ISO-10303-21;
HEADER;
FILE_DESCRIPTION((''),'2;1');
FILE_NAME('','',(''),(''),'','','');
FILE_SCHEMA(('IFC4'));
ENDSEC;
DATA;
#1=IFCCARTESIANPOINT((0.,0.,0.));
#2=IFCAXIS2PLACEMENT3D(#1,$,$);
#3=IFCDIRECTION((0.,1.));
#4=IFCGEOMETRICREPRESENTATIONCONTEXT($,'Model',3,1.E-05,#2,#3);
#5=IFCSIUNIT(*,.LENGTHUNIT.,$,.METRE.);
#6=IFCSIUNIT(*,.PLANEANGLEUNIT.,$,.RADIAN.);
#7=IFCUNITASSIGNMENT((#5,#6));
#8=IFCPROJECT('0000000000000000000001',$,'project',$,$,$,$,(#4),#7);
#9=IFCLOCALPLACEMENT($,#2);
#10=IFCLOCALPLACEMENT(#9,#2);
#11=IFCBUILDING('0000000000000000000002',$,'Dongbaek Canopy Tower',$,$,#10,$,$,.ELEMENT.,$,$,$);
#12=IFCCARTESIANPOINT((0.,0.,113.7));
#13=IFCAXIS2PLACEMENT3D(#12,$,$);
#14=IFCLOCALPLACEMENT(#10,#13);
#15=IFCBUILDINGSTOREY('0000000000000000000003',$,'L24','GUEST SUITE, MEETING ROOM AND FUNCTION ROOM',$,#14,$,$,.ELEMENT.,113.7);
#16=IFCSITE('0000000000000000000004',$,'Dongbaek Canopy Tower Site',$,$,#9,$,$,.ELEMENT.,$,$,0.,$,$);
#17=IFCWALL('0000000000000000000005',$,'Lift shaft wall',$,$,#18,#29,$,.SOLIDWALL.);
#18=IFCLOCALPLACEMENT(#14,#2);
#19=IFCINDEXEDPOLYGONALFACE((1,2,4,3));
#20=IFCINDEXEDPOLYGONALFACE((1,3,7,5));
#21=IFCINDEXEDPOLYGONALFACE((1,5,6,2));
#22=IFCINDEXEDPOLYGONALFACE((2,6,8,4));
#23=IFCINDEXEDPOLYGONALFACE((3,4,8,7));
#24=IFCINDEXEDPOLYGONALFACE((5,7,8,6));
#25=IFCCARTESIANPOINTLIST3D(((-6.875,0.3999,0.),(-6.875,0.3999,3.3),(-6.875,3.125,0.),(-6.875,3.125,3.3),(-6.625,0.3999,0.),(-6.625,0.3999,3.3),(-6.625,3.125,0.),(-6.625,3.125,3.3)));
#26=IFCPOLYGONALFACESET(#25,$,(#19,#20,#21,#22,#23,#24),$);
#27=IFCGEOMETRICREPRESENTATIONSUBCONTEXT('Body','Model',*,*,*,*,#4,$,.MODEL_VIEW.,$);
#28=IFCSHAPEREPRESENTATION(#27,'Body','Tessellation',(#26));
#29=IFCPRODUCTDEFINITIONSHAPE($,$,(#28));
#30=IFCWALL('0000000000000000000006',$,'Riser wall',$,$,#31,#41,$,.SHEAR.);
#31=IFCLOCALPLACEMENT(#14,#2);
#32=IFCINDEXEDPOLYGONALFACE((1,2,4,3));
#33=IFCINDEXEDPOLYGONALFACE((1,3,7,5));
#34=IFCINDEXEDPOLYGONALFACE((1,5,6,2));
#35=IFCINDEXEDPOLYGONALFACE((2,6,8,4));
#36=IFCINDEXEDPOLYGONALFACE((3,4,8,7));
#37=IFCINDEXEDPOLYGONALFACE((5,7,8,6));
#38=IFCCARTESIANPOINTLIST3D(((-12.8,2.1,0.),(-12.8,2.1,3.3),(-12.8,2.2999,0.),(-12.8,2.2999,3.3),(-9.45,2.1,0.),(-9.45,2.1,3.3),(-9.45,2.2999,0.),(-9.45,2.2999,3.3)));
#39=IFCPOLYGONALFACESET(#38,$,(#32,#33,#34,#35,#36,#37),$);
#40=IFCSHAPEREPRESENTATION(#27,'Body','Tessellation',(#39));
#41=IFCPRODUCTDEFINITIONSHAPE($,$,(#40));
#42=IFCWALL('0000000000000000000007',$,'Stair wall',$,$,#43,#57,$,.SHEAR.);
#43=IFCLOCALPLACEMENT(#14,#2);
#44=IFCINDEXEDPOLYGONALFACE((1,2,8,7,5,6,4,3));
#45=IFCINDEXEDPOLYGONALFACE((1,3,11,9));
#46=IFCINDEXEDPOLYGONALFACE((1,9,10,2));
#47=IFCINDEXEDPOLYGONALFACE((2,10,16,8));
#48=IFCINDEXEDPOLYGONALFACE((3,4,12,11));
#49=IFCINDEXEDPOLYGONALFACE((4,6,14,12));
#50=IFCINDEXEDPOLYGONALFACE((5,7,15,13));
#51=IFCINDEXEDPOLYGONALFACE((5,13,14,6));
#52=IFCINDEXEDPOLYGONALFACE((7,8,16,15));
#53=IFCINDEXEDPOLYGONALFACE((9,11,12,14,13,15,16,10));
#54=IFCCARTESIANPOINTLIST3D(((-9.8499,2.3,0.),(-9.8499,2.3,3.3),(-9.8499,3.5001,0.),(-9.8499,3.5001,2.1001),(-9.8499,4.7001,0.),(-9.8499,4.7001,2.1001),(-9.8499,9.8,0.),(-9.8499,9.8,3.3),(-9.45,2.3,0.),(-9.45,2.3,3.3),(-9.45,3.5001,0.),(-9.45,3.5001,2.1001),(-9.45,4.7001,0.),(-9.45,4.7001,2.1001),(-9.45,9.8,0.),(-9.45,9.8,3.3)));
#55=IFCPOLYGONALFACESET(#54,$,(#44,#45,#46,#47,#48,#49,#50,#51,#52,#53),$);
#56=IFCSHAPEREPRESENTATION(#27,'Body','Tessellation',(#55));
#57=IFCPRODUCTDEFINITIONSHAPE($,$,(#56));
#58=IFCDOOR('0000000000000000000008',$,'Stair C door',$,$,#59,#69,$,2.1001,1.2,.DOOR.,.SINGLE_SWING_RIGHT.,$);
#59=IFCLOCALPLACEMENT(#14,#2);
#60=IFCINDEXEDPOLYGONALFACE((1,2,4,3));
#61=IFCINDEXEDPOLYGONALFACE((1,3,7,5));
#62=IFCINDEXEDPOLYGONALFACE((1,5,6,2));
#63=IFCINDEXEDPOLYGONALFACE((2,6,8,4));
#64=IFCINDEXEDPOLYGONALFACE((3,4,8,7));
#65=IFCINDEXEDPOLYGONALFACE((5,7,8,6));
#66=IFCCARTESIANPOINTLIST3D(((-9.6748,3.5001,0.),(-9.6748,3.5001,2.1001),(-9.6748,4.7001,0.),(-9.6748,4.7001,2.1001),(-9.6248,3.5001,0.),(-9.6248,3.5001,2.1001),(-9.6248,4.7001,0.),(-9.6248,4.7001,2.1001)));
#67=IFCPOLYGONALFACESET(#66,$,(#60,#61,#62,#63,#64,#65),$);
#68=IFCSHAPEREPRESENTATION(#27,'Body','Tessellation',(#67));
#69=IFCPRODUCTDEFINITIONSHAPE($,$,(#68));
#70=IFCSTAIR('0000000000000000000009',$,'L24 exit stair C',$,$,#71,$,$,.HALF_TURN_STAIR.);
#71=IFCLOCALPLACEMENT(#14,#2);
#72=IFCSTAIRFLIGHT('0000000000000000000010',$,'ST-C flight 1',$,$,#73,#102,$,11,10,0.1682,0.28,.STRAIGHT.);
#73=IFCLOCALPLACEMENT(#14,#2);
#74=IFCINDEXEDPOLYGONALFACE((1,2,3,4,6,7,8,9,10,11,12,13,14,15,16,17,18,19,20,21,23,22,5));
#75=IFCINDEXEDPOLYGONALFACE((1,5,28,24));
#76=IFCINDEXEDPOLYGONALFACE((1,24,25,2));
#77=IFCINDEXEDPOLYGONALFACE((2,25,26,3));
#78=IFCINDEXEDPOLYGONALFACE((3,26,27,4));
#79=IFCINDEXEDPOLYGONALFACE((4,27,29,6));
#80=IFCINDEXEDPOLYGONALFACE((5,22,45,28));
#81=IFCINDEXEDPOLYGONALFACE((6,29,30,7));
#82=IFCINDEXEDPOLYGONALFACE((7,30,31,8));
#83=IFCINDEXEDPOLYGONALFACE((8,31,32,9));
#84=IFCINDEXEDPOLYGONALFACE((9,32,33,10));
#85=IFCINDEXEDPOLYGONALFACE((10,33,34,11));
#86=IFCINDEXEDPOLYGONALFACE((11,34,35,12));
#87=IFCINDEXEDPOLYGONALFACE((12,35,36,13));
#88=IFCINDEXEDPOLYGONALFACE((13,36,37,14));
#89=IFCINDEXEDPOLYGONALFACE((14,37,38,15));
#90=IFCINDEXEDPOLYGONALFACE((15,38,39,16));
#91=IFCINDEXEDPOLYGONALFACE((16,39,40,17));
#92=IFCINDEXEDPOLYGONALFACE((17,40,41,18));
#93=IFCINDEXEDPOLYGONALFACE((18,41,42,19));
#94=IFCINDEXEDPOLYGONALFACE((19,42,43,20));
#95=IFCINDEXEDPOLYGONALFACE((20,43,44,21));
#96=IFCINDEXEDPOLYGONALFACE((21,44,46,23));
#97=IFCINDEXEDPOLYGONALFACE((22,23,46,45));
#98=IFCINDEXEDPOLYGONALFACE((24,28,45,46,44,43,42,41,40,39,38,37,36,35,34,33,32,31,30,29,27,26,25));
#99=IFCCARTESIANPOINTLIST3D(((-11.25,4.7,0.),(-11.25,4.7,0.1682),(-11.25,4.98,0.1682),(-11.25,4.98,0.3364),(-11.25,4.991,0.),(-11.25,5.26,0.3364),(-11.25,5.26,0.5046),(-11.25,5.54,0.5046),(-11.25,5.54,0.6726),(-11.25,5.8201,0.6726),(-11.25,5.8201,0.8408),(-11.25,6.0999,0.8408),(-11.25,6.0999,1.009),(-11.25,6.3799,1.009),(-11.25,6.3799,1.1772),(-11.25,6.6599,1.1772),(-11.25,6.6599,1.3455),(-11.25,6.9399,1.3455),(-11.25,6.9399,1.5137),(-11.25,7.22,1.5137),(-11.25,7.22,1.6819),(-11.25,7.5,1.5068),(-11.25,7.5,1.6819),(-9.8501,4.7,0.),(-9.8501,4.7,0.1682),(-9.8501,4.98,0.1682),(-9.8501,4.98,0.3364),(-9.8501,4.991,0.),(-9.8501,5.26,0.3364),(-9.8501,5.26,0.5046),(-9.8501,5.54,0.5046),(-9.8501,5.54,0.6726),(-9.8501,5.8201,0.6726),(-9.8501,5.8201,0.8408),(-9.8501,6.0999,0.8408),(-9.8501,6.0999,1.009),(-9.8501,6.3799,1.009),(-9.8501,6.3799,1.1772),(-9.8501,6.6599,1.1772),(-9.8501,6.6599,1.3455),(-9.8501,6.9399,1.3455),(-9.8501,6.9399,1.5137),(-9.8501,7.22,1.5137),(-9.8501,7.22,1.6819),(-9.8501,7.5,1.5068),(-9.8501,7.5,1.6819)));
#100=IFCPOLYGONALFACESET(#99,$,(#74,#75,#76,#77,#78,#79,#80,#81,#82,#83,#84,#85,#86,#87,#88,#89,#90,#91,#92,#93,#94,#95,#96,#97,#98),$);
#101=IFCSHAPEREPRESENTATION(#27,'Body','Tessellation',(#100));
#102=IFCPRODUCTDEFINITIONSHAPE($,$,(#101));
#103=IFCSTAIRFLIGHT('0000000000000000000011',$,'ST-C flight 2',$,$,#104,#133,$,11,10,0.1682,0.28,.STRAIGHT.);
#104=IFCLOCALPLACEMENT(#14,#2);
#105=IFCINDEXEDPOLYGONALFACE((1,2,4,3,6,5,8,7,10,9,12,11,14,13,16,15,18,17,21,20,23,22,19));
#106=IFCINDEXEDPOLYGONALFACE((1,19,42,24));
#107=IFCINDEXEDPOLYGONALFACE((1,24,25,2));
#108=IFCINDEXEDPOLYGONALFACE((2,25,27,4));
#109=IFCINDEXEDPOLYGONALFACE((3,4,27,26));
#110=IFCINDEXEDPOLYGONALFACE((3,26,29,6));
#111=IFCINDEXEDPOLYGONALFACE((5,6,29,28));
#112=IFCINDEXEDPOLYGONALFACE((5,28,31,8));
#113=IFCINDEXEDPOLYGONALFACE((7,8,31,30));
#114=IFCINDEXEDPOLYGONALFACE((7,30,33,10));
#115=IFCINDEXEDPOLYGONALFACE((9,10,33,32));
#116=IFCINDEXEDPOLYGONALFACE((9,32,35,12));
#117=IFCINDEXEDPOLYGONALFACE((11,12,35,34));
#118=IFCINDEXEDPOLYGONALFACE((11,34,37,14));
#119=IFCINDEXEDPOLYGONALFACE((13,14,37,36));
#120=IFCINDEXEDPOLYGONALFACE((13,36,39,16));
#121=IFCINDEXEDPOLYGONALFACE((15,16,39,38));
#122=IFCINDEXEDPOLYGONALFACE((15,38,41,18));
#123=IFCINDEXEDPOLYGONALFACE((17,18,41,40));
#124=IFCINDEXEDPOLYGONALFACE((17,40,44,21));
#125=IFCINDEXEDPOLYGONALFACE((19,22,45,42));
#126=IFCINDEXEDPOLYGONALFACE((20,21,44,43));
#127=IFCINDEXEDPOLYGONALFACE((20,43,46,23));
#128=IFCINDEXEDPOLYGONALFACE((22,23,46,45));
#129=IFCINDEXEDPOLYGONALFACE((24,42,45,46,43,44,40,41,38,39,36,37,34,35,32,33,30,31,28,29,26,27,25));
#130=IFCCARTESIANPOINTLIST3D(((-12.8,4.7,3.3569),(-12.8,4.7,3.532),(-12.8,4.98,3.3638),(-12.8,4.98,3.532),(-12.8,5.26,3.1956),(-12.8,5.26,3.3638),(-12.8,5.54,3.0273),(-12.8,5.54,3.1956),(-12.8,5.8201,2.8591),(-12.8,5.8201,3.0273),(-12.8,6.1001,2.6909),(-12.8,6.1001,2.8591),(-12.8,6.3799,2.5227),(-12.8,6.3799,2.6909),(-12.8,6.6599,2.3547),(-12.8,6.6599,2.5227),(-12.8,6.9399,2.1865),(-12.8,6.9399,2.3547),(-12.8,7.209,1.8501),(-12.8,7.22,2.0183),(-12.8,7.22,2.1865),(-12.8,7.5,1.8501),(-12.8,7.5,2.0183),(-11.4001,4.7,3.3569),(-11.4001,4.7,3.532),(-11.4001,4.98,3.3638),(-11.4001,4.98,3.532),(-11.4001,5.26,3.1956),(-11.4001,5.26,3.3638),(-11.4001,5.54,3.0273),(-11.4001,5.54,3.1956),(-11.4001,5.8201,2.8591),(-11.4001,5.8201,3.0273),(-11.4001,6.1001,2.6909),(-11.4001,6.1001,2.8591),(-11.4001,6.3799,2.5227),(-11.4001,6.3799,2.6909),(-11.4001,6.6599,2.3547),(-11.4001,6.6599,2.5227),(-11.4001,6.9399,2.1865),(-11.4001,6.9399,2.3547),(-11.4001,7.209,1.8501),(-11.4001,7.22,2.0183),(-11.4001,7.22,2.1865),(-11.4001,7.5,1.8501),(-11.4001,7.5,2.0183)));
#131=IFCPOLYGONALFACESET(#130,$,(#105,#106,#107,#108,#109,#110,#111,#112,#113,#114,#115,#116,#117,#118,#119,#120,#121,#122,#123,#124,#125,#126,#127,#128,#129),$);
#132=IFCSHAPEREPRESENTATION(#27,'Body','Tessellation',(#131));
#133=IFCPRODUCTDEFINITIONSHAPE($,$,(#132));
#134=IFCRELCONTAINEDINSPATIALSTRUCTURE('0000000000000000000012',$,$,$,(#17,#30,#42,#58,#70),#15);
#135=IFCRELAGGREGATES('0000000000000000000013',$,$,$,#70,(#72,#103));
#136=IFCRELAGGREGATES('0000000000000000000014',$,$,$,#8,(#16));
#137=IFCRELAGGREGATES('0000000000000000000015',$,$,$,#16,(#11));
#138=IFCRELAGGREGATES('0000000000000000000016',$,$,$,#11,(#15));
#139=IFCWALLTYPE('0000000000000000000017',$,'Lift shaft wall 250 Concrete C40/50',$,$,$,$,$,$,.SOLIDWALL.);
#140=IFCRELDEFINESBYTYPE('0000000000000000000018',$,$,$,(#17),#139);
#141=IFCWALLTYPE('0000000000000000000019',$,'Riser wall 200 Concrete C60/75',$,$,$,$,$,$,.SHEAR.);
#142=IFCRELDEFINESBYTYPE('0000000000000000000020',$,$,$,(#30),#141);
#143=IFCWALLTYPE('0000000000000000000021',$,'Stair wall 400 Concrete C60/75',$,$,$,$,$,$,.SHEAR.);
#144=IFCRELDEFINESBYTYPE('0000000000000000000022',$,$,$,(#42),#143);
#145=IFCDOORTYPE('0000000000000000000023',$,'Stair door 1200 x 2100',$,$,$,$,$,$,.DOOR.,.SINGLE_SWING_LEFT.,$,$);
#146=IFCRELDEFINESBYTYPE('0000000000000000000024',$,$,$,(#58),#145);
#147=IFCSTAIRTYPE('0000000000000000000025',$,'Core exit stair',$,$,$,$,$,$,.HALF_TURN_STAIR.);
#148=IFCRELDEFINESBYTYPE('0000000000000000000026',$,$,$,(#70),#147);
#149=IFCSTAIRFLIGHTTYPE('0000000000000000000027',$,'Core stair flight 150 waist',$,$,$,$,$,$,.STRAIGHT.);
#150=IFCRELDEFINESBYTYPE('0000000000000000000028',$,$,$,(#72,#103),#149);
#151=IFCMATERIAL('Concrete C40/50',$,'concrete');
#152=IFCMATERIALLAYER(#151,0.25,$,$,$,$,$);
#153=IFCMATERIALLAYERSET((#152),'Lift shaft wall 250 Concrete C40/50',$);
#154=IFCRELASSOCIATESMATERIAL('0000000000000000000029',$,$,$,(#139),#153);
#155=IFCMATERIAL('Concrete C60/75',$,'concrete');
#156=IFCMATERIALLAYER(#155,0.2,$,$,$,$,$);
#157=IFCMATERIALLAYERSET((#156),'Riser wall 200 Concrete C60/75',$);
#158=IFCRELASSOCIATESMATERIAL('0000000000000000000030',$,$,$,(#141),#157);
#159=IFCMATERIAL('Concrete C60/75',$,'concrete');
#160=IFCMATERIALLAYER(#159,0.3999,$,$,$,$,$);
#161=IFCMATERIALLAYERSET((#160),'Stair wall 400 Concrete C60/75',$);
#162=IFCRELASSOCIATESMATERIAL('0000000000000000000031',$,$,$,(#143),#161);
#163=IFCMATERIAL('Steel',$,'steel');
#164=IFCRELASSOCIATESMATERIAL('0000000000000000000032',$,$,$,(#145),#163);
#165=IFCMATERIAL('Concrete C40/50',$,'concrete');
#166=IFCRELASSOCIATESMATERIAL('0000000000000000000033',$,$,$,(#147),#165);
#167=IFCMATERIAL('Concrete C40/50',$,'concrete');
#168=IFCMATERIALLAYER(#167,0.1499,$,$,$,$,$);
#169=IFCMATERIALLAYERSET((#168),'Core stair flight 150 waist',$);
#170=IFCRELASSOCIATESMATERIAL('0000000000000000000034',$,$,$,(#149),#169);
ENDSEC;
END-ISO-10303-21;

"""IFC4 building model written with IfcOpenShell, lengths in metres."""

from ifc_helpers import new_model, si_unit, direction, frame, frame_2d, origin, place, context, subcontext, project, spatial, polyline, rectangle, outline, extrude, material, layer, layer_set, type_object, element, fill, aggregate, save


model = new_model("IFC4")

# Units and contexts
model_context = context("Model", 3, precision=1e-05, world=origin(), true_north=direction((0.0, 1.0)))
body_context = subcontext(model_context, "Body", "Model", "MODEL_VIEW")
ifc_project = project(units=[si_unit("LENGTHUNIT", "METRE"), si_unit("PLANEANGLEUNIT", "RADIAN")], contexts=[model_context])

# Site, building, storey
site_placement = place(None, origin())
site = spatial("IfcSite", under=ifc_project, at=site_placement, Name="Dongbaek Canopy Tower Site", CompositionType="ELEMENT", RefElevation=0.0)
building_placement = place(site_placement, origin())
building = spatial("IfcBuilding", under=site, at=building_placement, Name="Dongbaek Canopy Tower", CompositionType="ELEMENT")
storey_placement = place(building_placement, frame((0.0, 0.0, 113.7)))
storey = spatial("IfcBuildingStorey", under=building, at=storey_placement, Name="L24", Description="GUEST SUITE, MEETING ROOM AND FUNCTION ROOM", CompositionType="ELEMENT", Elevation=113.7)

# Walls
ifc_material_1 = material(Name="Concrete C40/50", Category="concrete")
ifc_layer_1 = layer(ifc_material_1, 0.25)
ifc_layer_set_1 = layer_set([ifc_layer_1], Name="Lift shaft wall 250 Concrete C40/50")
wall_type_1 = type_object("IfcWallType", Name="Lift shaft wall 250 Concrete C40/50", PredefinedType="SOLIDWALL", material=ifc_layer_set_1)
wall_1_placement = place(storey_placement, frame((-6.75, 0.3999, 0.0), z_axis=(0.0, 0.0, 1.0), x_axis=(0.0, 1.0, 0.0)))
element("IfcWall", 1, at=wall_1_placement, inside=storey, type_object=wall_type_1, Name="Lift shaft wall", PredefinedType="SOLIDWALL", context=body_context, shape_type="SweptSolid", body=[
    extrude(rectangle(XDim=2.7251, YDim=0.25, at=frame_2d((1.3625, 0.0))), origin(), (0.0, 0.0, 1.0), 3.3),
])
ifc_material_2 = material(Name="Concrete C60/75", Category="concrete")
ifc_layer_2 = layer(ifc_material_2, 0.2)
ifc_layer_set_2 = layer_set([ifc_layer_2], Name="Riser wall 200 Concrete C60/75")
wall_type_2 = type_object("IfcWallType", Name="Riser wall 200 Concrete C60/75", PredefinedType="SHEAR", material=ifc_layer_set_2)
wall_2_placement = place(storey_placement, frame((-9.45, 2.2, 0.0), z_axis=(0.0, 0.0, 1.0), x_axis=(-1.0, 0.0, 0.0)))
element("IfcWall", 2, at=wall_2_placement, inside=storey, type_object=wall_type_2, Name="Riser wall", PredefinedType="SHEAR", context=body_context, shape_type="SweptSolid", body=[
    extrude(rectangle(XDim=3.3501, YDim=0.2, at=frame_2d((1.675, 0.0))), origin(), (0.0, 0.0, 1.0), 3.3),
])

# Wall, opening, door
ifc_material_3 = material(Name="Concrete C60/75", Category="concrete")
ifc_layer_3 = layer(ifc_material_3, 0.3999)
ifc_layer_set_3 = layer_set([ifc_layer_3], Name="Stair wall 400 Concrete C60/75")
wall_type_3 = type_object("IfcWallType", Name="Stair wall 400 Concrete C60/75", PredefinedType="SHEAR", material=ifc_layer_set_3)
wall_3_placement = place(storey_placement, frame((-9.6499, 2.3, 0.0), z_axis=(0.0, 0.0, 1.0), x_axis=(0.0, 1.0, 0.0)))
wall_3 = element("IfcWall", 3, at=wall_3_placement, inside=storey, type_object=wall_type_3, Name="Stair wall", PredefinedType="SHEAR", context=body_context, shape_type="SweptSolid", body=[
    extrude(rectangle(XDim=7.5, YDim=0.3999, at=frame_2d((3.75, 0.0))), origin(), (0.0, 0.0, 1.0), 3.3),
])
opening_1_placement = place(wall_3_placement, frame((1.2, 0.0, 0.0)))
opening_1 = element("IfcOpeningElement", 4, at=opening_1_placement, cuts=wall_3, PredefinedType="OPENING", context=body_context, shape_type="SweptSolid", body=[
    extrude(rectangle(XDim=1.2, YDim=2.1001, at=frame_2d((0.6001, 1.05))), frame((0.0, 0.21, 0.0), z_axis=(0.0, -1.0, 0.0), x_axis=(1.0, 0.0, 0.0)), (0.0, 0.0, 1.0), 0.4199),
])
ifc_material_4 = material(Name="Steel", Category="steel")
door_type_1 = type_object("IfcDoorType", Name="Stair door 1200 x 2100", OperationType="SINGLE_SWING_LEFT", PredefinedType="DOOR", material=ifc_material_4)
door_1_placement = place(opening_1_placement, origin())
door_1 = element("IfcDoor", 5, at=door_1_placement, inside=storey, type_object=door_type_1, Name="Stair C door", OperationType="SINGLE_SWING_RIGHT", OverallHeight=2.1001, OverallWidth=1.2, PredefinedType="DOOR", context=body_context, shape_type="SweptSolid", body=[
    extrude(rectangle(XDim=1.2, YDim=2.1001, at=frame_2d((0.6001, 1.05))), frame((0.0, 0.0249, 0.0), z_axis=(0.0, -1.0, 0.0), x_axis=(1.0, 0.0, 0.0)), (0.0, 0.0, 1.0), 0.05),
])
fill(opening_1, door_1)

# Stair, stair flights
ifc_material_5 = material(Name="Concrete C40/50", Category="concrete")
stair_type = type_object("IfcStairType", Name="Core exit stair", PredefinedType="HALF_TURN_STAIR", material=ifc_material_5)
stair_placement = place(storey_placement, origin())
stair = element("IfcStair", 6, at=stair_placement, inside=storey, type_object=stair_type, Name="L24 exit stair C", PredefinedType="HALF_TURN_STAIR")
ifc_material_6 = material(Name="Concrete C40/50", Category="concrete")
ifc_layer_4 = layer(ifc_material_6, 0.1499)
ifc_layer_set_4 = layer_set([ifc_layer_4], Name="Core stair flight 150 waist")
stair_flight_type = type_object("IfcStairFlightType", Name="Core stair flight 150 waist", PredefinedType="STRAIGHT", material=ifc_layer_set_4)
stair_flight_1_placement = place(storey_placement, frame((-10.55, 4.7, 0.0), z_axis=(0.0, 0.0, 1.0), x_axis=(0.0, 1.0, 0.0)))
stair_flight_1 = element("IfcStairFlight", 7, at=stair_flight_1_placement, type_object=stair_flight_type, Name="ST-C flight 1", NumberOfRisers=11, NumberOfTreads=10, PredefinedType="STRAIGHT", RiserHeight=0.1682, TreadLength=0.28, context=body_context, shape_type="SweptSolid", body=[
    extrude(outline(polyline([(0.0, 0.0), (0.0, 0.1682), (0.28, 0.1682), (0.28, 0.3364), (0.5601, 0.3364), (0.5601, 0.5046), (0.8401, 0.5046), (0.8401, 0.6726), (1.1201, 0.6726), (1.1201, 0.8408), (1.3999, 0.8408), (1.3999, 1.009), (1.6799, 1.009), (1.6799, 1.1772), (1.96, 1.1772), (1.96, 1.3455), (2.24, 1.3455), (2.24, 1.5137), (2.52, 1.5137), (2.52, 1.6819), (2.8, 1.6819), (2.8, 1.8501), (2.8, 1.5068), (0.291, 0.0), (0.0, 0.0)])), frame((0.0, 0.7, 0.0), z_axis=(0.0, -1.0, 0.0), x_axis=(1.0, 0.0, 0.0)), (0.0, 0.0, 1.0), 1.3999),
])
stair_flight_2_placement = place(storey_placement, frame((-12.1001, 7.5, 1.8501), z_axis=(0.0, 0.0, 1.0), x_axis=(0.0, -1.0, 0.0)))
stair_flight_2 = element("IfcStairFlight", 8, at=stair_flight_2_placement, type_object=stair_flight_type, Name="ST-C flight 2", NumberOfRisers=11, NumberOfTreads=10, PredefinedType="STRAIGHT", RiserHeight=0.1682, TreadLength=0.28, context=body_context, shape_type="SweptSolid", body=[
    extrude(outline(polyline([(0.0, 0.0), (0.0, 0.1682), (0.28, 0.1682), (0.28, 0.3364), (0.5601, 0.3364), (0.5601, 0.5046), (0.8401, 0.5046), (0.8401, 0.6726), (1.1201, 0.6726), (1.1201, 0.8408), (1.3999, 0.8408), (1.3999, 1.009), (1.6799, 1.009), (1.6799, 1.1772), (1.96, 1.1772), (1.96, 1.3455), (2.24, 1.3455), (2.24, 1.5137), (2.52, 1.5137), (2.52, 1.6819), (2.8, 1.6819), (2.8, 1.8501), (2.8, 1.5068), (0.291, 0.0), (0.0, 0.0)])), frame((0.0, 0.7, 0.0), z_axis=(0.0, -1.0, 0.0), x_axis=(1.0, 0.0, 0.0)), (0.0, 0.0, 1.0), 1.3999),
])
aggregate(stair, [stair_flight_1, stair_flight_2])

save(model, "model.ifc")
